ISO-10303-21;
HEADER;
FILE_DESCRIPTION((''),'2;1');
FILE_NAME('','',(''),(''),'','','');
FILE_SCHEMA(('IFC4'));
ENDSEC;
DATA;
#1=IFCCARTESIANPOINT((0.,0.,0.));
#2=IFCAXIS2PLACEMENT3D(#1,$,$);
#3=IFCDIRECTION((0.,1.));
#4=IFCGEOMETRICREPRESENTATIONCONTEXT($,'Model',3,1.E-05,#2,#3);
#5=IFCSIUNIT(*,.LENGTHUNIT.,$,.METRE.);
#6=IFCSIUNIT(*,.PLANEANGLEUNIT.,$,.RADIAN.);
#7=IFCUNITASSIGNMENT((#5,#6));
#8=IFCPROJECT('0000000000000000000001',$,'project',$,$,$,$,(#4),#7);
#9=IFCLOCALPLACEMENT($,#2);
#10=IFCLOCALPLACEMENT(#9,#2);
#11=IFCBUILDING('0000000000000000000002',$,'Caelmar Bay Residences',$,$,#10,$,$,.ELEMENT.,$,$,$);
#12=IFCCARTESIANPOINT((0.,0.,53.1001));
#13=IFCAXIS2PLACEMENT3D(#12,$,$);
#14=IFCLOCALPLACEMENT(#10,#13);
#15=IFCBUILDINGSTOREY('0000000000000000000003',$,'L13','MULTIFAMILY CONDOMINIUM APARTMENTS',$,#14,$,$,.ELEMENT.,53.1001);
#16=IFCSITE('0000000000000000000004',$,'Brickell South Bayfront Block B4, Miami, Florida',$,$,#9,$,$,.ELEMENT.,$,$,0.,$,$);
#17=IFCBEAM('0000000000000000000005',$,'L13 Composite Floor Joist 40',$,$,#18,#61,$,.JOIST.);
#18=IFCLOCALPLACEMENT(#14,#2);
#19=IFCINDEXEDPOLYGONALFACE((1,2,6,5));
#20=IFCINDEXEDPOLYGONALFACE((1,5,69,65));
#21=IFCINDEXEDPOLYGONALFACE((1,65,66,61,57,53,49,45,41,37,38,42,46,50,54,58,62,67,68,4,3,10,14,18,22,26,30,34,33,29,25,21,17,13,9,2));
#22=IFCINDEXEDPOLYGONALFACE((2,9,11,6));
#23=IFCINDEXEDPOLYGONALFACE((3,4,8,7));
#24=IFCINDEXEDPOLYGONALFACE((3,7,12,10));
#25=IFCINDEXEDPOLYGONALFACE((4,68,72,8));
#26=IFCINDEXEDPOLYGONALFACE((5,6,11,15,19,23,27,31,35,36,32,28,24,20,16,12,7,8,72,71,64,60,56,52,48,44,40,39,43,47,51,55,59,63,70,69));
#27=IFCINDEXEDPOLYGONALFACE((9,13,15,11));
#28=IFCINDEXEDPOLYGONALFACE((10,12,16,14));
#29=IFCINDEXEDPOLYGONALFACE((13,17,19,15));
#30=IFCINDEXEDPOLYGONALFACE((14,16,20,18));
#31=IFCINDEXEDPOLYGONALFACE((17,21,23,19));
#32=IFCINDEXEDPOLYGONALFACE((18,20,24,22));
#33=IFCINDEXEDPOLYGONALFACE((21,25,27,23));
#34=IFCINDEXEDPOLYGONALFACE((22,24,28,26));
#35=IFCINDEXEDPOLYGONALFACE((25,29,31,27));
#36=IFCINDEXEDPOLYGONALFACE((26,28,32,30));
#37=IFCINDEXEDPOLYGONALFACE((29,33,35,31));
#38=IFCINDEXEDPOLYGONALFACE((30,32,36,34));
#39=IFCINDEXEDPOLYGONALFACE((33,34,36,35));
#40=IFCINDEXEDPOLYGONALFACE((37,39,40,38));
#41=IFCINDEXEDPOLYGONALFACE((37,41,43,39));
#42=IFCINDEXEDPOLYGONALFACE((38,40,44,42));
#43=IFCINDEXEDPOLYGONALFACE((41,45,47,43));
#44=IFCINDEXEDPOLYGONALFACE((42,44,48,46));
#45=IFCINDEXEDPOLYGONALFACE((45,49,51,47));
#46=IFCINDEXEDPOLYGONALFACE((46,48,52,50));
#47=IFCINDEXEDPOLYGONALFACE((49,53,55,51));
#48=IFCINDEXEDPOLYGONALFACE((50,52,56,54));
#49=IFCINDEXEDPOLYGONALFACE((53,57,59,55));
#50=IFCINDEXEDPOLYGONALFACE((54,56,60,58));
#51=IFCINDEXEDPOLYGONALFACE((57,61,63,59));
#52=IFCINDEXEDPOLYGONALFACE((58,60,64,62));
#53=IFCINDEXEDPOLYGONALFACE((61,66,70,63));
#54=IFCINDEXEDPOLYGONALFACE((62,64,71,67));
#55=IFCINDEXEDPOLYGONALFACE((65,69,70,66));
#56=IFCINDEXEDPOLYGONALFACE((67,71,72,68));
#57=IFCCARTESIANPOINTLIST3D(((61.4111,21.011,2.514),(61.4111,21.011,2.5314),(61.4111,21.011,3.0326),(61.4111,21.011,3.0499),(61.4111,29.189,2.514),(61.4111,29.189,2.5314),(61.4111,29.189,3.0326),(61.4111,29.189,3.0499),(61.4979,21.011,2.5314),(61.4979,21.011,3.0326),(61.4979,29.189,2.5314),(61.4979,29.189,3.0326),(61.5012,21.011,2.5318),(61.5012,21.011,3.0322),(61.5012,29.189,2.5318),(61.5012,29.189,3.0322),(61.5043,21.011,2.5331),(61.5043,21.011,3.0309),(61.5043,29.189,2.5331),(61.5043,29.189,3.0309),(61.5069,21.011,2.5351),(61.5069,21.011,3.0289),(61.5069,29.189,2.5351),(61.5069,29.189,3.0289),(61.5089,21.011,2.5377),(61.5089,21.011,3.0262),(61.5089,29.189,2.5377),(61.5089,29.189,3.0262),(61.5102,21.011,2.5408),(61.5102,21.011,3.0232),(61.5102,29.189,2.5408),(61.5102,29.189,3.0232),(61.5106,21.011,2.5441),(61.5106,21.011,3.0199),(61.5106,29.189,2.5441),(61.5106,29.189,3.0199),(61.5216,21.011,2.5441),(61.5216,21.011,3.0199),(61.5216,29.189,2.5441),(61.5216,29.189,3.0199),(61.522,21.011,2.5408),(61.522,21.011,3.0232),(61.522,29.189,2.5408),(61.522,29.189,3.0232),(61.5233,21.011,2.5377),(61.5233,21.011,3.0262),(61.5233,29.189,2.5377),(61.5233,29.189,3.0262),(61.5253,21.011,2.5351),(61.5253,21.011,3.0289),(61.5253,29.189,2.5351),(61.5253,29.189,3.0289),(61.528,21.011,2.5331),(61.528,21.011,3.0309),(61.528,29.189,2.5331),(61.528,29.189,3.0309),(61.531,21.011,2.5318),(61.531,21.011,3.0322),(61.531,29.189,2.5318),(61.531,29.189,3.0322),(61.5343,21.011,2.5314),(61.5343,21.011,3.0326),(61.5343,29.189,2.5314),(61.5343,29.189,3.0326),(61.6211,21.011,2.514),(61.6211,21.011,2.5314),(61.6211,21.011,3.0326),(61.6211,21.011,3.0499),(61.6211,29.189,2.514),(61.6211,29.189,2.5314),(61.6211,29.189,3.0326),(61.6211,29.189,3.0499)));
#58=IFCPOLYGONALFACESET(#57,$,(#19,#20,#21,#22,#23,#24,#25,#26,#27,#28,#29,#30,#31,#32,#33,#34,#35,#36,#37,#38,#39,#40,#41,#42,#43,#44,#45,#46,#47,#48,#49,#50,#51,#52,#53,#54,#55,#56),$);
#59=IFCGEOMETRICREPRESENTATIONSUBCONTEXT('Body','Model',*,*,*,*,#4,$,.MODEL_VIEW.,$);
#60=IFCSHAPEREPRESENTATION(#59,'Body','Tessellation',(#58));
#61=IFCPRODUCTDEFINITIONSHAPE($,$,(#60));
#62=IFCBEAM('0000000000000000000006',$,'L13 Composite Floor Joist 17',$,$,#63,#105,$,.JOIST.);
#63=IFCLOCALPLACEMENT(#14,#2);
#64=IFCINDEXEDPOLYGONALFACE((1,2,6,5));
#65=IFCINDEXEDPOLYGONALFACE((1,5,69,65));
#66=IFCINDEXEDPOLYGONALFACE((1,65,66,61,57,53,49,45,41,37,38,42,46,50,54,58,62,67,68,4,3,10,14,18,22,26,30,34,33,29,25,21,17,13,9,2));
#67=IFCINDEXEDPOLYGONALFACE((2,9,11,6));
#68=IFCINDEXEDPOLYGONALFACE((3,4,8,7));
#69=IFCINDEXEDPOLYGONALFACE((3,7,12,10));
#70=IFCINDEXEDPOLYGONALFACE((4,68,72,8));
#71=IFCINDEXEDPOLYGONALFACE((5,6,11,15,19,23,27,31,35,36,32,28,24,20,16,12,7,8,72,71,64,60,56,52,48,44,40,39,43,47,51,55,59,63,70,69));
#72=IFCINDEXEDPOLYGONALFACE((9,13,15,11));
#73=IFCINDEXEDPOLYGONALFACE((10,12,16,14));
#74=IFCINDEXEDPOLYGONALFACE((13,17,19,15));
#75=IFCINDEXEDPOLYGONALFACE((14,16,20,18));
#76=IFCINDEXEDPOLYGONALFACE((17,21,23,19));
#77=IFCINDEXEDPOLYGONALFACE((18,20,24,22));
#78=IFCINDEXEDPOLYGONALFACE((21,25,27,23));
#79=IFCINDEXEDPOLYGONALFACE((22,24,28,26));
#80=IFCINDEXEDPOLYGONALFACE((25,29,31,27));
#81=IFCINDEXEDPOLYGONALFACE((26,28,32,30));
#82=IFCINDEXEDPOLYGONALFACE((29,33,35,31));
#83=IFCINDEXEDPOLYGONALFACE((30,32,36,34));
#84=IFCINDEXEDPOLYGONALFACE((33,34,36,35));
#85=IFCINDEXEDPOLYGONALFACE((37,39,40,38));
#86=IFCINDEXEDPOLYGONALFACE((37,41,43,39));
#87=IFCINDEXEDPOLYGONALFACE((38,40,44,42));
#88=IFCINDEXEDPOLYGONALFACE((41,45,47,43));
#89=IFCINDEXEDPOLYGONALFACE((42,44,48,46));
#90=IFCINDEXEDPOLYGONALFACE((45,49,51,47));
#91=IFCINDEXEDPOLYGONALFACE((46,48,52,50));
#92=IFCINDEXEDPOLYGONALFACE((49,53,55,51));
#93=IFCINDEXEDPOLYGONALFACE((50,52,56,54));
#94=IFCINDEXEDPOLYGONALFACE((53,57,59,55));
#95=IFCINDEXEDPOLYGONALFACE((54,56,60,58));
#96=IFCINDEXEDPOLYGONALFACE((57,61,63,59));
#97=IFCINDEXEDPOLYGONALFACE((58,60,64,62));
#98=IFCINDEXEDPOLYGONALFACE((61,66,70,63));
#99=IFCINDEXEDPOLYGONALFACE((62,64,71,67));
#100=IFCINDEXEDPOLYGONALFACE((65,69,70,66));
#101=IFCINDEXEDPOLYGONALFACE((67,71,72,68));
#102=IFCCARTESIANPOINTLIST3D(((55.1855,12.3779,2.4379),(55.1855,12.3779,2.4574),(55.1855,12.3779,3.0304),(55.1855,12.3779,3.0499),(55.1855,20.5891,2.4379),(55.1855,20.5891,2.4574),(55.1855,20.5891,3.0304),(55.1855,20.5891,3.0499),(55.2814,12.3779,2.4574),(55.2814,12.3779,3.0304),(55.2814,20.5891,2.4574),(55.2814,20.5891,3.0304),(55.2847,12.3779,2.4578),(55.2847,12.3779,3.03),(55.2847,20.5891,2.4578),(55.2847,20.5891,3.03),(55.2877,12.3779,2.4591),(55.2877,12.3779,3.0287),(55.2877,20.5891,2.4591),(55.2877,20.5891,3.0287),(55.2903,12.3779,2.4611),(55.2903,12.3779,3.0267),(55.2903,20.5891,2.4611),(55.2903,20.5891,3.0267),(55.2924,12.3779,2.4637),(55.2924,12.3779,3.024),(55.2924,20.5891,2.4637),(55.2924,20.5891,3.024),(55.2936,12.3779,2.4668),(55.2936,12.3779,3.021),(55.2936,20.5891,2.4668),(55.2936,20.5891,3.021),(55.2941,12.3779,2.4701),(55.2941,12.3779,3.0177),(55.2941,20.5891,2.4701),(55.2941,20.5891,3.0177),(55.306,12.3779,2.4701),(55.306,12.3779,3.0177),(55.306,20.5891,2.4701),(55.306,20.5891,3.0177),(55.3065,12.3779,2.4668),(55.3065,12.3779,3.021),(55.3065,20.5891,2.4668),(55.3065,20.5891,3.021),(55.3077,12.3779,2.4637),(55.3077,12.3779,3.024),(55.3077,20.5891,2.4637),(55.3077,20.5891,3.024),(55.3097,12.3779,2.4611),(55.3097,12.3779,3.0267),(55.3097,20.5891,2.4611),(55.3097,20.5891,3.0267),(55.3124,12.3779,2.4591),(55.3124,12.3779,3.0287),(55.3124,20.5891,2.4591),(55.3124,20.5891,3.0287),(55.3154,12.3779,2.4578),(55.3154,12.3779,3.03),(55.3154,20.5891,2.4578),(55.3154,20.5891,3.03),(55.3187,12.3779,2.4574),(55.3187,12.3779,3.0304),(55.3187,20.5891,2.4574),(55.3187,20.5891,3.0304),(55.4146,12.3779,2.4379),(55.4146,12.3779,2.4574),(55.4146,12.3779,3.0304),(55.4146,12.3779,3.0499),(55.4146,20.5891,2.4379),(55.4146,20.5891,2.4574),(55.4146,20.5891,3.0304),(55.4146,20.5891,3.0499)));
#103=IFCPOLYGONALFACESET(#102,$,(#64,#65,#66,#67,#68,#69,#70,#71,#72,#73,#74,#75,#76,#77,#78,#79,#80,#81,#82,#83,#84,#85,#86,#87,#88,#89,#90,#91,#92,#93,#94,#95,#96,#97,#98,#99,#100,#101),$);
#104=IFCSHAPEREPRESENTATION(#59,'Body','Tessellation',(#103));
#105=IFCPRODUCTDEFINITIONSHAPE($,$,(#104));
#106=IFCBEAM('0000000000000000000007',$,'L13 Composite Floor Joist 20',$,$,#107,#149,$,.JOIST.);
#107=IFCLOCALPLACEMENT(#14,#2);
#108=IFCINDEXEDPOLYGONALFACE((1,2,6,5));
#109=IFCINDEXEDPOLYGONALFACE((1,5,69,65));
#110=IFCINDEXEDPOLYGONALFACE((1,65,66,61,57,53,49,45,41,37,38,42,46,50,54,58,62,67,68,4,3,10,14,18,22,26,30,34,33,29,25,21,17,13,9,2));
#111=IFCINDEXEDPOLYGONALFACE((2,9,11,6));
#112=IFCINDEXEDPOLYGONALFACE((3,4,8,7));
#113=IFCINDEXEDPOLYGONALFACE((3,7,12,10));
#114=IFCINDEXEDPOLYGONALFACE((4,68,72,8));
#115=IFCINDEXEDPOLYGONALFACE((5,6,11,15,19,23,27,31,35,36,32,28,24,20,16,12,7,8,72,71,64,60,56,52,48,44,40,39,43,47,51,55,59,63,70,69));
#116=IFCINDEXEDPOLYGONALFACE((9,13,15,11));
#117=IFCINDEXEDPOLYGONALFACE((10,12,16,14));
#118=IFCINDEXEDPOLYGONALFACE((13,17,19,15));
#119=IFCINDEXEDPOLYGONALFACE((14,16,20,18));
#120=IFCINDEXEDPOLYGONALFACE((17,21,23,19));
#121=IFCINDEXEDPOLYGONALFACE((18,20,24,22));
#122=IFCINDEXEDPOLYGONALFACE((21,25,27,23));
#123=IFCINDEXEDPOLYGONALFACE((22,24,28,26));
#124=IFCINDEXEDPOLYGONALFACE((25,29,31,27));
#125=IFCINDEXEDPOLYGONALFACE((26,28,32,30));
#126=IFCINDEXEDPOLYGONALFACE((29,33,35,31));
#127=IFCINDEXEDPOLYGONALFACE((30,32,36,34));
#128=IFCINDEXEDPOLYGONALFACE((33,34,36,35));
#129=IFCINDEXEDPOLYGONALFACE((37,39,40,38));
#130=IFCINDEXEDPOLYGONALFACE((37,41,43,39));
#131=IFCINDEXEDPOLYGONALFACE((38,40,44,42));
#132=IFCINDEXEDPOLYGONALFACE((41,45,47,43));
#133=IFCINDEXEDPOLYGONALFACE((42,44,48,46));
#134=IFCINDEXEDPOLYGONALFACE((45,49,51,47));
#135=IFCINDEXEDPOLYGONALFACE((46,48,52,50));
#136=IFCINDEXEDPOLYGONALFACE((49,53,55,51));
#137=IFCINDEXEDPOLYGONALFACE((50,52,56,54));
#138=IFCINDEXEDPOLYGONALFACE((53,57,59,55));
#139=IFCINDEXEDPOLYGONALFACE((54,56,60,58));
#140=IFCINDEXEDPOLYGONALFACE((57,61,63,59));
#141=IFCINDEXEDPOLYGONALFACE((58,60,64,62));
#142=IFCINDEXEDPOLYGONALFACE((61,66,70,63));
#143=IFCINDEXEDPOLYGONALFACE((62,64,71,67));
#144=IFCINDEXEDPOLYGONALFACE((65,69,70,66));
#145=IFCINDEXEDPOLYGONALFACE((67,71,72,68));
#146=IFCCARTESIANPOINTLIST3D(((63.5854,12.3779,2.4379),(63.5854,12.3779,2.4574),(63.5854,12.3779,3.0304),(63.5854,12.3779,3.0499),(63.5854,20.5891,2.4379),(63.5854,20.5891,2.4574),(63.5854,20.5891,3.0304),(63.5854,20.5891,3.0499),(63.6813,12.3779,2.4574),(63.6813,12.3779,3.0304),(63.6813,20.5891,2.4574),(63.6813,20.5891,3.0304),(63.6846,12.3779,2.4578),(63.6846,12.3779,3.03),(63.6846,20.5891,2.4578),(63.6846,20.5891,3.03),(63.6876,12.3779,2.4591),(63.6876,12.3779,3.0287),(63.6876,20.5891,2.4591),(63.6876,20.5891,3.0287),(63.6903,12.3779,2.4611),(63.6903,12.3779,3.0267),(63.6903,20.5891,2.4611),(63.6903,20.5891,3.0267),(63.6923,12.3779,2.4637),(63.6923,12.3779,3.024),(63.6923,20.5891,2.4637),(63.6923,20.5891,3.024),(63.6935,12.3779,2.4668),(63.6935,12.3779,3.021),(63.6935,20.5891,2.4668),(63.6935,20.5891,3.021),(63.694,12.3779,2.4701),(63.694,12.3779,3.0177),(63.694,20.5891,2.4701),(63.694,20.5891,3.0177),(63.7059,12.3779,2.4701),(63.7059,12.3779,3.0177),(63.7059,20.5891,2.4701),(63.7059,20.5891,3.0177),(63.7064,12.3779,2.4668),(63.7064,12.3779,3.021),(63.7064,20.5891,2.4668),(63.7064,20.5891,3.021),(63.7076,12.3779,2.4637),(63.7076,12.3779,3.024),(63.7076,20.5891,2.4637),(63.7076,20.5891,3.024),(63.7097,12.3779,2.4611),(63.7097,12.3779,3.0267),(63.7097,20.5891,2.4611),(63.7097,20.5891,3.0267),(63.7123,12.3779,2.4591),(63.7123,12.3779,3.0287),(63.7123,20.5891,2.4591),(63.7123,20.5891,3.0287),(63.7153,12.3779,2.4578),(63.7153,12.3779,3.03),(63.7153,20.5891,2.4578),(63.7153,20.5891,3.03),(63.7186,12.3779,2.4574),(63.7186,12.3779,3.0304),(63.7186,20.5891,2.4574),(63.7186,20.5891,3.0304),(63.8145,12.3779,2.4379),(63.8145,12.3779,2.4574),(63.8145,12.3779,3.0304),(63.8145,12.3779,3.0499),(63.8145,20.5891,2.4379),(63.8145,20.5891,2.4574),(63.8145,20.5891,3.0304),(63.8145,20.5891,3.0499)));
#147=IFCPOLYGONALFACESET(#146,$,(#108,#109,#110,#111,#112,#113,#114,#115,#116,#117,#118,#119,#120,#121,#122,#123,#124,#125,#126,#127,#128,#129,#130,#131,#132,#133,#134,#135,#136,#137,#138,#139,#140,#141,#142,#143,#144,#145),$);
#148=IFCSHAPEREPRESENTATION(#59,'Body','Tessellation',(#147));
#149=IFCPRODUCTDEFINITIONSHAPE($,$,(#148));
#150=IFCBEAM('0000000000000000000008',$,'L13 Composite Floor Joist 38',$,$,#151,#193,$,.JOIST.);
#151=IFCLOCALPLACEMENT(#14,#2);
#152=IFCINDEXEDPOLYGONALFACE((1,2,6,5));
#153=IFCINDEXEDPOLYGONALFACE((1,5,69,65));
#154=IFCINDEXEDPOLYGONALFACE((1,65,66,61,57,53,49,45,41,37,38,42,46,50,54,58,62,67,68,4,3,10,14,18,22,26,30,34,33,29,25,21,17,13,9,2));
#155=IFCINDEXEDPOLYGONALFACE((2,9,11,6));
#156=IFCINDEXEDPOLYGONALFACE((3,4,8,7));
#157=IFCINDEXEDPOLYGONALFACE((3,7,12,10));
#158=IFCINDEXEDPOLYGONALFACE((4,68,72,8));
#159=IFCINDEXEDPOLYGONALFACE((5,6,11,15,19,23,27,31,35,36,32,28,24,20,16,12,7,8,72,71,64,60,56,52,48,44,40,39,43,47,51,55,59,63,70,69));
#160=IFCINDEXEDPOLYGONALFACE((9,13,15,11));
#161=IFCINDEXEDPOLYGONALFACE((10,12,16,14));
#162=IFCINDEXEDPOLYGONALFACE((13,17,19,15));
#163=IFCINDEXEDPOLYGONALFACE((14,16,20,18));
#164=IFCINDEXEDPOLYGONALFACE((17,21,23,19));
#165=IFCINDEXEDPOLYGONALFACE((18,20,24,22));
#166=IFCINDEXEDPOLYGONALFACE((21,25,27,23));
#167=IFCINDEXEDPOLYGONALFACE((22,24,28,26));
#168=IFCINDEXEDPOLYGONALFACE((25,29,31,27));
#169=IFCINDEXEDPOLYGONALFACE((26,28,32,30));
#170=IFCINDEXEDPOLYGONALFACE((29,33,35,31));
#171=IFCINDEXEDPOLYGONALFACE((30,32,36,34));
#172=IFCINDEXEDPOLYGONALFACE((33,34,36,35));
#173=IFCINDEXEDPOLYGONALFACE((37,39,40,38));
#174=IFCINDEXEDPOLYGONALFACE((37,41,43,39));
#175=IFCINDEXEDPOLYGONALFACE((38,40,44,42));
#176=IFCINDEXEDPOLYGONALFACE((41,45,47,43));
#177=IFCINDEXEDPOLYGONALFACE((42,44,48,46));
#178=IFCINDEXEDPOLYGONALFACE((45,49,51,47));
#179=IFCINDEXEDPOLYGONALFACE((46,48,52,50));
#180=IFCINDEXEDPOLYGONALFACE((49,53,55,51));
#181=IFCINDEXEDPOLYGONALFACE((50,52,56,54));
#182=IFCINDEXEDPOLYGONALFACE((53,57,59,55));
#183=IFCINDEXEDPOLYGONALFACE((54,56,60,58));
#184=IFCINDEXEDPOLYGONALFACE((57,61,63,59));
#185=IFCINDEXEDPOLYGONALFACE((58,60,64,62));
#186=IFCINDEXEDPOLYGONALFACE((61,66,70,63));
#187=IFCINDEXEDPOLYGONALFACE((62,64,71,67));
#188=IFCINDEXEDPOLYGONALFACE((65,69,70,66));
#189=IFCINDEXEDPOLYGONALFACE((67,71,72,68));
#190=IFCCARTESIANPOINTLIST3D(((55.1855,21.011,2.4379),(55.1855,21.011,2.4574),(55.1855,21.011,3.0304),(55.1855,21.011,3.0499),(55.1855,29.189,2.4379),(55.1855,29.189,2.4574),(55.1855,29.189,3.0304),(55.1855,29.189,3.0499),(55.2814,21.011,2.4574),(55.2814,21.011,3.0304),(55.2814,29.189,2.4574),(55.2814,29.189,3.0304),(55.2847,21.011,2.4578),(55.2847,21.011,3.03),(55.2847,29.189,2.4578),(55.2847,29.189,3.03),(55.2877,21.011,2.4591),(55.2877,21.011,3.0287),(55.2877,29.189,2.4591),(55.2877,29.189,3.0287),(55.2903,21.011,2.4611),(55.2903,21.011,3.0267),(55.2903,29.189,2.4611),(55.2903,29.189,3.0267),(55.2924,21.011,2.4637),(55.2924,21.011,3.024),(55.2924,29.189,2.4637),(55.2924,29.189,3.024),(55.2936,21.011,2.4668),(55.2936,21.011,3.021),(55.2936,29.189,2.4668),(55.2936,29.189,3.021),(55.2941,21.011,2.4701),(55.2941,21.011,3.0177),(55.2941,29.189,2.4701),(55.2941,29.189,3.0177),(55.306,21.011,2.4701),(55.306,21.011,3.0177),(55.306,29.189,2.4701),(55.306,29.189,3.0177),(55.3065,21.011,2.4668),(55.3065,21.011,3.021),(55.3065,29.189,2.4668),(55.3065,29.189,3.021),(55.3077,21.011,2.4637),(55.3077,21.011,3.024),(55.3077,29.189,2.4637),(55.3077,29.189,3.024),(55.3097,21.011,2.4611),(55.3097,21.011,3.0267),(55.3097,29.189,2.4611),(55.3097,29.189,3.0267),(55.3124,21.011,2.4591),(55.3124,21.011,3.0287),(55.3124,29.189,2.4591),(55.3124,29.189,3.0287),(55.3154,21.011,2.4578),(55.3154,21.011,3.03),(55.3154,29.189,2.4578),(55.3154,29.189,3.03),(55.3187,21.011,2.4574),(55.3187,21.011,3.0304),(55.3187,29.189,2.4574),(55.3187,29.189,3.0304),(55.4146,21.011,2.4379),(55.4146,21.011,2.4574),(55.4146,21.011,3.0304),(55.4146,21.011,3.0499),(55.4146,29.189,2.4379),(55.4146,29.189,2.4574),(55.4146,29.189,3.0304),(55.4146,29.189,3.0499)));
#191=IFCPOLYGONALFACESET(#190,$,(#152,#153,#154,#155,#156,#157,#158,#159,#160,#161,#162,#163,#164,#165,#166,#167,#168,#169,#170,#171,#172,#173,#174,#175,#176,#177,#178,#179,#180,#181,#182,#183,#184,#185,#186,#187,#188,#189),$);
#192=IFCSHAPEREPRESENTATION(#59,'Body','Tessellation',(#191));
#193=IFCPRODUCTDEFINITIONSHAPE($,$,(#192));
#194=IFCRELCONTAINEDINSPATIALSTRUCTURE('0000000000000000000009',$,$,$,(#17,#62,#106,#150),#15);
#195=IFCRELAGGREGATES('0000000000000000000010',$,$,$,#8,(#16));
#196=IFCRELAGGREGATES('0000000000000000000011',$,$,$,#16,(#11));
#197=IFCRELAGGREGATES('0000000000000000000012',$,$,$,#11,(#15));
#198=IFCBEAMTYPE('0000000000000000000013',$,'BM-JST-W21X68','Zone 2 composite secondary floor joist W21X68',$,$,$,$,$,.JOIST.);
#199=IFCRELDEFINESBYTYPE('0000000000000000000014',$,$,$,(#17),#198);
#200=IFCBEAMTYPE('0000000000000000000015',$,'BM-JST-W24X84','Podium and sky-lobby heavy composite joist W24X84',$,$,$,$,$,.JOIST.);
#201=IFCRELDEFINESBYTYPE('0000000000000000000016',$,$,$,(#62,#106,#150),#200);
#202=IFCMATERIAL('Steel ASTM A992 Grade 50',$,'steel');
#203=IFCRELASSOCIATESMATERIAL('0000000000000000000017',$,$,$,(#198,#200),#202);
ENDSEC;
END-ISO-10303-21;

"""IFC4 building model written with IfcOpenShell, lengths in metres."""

from ifc_helpers import new_model, si_unit, direction, frame, origin, origin_2d, place, context, subcontext, project, spatial, i_section, extrude, material, material_profile, profile_set, type_object, element, save


model = new_model("IFC4")

# Units and contexts
model_context = context("Model", 3, precision=1e-05, world=origin(), true_north=direction((0.0, 1.0)))
body_context = subcontext(model_context, "Body", "Model", "MODEL_VIEW")
ifc_project = project(units=[si_unit("LENGTHUNIT", "METRE"), si_unit("PLANEANGLEUNIT", "RADIAN")], contexts=[model_context])

# Site, building, storey
site_placement = place(None, origin())
site = spatial("IfcSite", under=ifc_project, at=site_placement, Name="Brickell South Bayfront Block B4, Miami, Florida", CompositionType="ELEMENT", RefElevation=0.0)
building_placement = place(site_placement, origin())
building = spatial("IfcBuilding", under=site, at=building_placement, Name="Caelmar Bay Residences", CompositionType="ELEMENT")
storey_placement = place(building_placement, frame((0.0, 0.0, 53.1001)))
storey = spatial("IfcBuildingStorey", under=building, at=storey_placement, Name="L13", Description="MULTIFAMILY CONDOMINIUM APARTMENTS", CompositionType="ELEMENT", Elevation=53.1001)

# Beams
ifc_material_1 = material(Name="Steel ASTM A992 Grade 50", Category="steel")
ifc_material_profile_1 = material_profile(ifc_material_1, i_section(OverallWidth=0.21, OverallDepth=0.5359, WebThickness=0.011, FlangeThickness=0.0173, FilletRadius=0.0127, at=origin_2d()), Name="W21X68")
ifc_profile_set_1 = profile_set([ifc_material_profile_1], Name="Steel ASTM A992 Grade 50")
beam_type_1 = type_object("IfcBeamType", Name="BM-JST-W21X68", Description="Zone 2 composite secondary floor joist W21X68", PredefinedType="JOIST", material=ifc_profile_set_1)
for number, where, z_axis, x_axis, name in (
    (1, (61.5161, 21.011, 2.782), (0.0, 1.0, 0.0), (-1.0, 0.0, 0.0), "L13 Composite Floor Joist 40"),
):
    element("IfcBeam", number, at=place(storey_placement, frame(where, z_axis=z_axis, x_axis=x_axis)), inside=storey, type_object=beam_type_1, Name=name, PredefinedType="JOIST", context=body_context, shape_type="SweptSolid", body=[
        extrude(i_section(OverallWidth=0.21, OverallDepth=0.5359, WebThickness=0.011, FlangeThickness=0.0173, FilletRadius=0.0127, at=origin_2d()), origin(), (0.0, 0.0, 1.0), 8.178),
    ])
ifc_material_profile_2 = material_profile(ifc_material_1, i_section(OverallWidth=0.229, OverallDepth=0.6121, WebThickness=0.012, FlangeThickness=0.0195, FilletRadius=0.0127, at=origin_2d()), Name="W24X84")
ifc_profile_set_2 = profile_set([ifc_material_profile_2], Name="Steel ASTM A992 Grade 50")
beam_type_2 = type_object("IfcBeamType", Name="BM-JST-W24X84", Description="Podium and sky-lobby heavy composite joist W24X84", PredefinedType="JOIST", material=ifc_profile_set_2)
for number, where, z_axis, x_axis, name in (
    (2, (55.3, 12.3779, 2.7439), (0.0, 1.0, 0.0), (-1.0, 0.0, 0.0), "L13 Composite Floor Joist 17"),
    (3, (63.7, 12.3779, 2.7439), (0.0, 1.0, 0.0), (-1.0, 0.0, 0.0), "L13 Composite Floor Joist 20"),
):
    element("IfcBeam", number, at=place(storey_placement, frame(where, z_axis=z_axis, x_axis=x_axis)), inside=storey, type_object=beam_type_2, Name=name, PredefinedType="JOIST", context=body_context, shape_type="SweptSolid", body=[
        extrude(i_section(OverallWidth=0.229, OverallDepth=0.6121, WebThickness=0.012, FlangeThickness=0.0195, FilletRadius=0.0127, at=origin_2d()), origin(), (0.0, 0.0, 1.0), 8.2112),
    ])
for number, where, z_axis, x_axis, name in (
    (4, (55.3, 21.011, 2.7439), (0.0, 1.0, 0.0), (-1.0, 0.0, 0.0), "L13 Composite Floor Joist 38"),
):
    element("IfcBeam", number, at=place(storey_placement, frame(where, z_axis=z_axis, x_axis=x_axis)), inside=storey, type_object=beam_type_2, Name=name, PredefinedType="JOIST", context=body_context, shape_type="SweptSolid", body=[
        extrude(i_section(OverallWidth=0.229, OverallDepth=0.6121, WebThickness=0.012, FlangeThickness=0.0195, FilletRadius=0.0127, at=origin_2d()), origin(), (0.0, 0.0, 1.0), 8.178),
    ])

save(model, "model.ifc")
